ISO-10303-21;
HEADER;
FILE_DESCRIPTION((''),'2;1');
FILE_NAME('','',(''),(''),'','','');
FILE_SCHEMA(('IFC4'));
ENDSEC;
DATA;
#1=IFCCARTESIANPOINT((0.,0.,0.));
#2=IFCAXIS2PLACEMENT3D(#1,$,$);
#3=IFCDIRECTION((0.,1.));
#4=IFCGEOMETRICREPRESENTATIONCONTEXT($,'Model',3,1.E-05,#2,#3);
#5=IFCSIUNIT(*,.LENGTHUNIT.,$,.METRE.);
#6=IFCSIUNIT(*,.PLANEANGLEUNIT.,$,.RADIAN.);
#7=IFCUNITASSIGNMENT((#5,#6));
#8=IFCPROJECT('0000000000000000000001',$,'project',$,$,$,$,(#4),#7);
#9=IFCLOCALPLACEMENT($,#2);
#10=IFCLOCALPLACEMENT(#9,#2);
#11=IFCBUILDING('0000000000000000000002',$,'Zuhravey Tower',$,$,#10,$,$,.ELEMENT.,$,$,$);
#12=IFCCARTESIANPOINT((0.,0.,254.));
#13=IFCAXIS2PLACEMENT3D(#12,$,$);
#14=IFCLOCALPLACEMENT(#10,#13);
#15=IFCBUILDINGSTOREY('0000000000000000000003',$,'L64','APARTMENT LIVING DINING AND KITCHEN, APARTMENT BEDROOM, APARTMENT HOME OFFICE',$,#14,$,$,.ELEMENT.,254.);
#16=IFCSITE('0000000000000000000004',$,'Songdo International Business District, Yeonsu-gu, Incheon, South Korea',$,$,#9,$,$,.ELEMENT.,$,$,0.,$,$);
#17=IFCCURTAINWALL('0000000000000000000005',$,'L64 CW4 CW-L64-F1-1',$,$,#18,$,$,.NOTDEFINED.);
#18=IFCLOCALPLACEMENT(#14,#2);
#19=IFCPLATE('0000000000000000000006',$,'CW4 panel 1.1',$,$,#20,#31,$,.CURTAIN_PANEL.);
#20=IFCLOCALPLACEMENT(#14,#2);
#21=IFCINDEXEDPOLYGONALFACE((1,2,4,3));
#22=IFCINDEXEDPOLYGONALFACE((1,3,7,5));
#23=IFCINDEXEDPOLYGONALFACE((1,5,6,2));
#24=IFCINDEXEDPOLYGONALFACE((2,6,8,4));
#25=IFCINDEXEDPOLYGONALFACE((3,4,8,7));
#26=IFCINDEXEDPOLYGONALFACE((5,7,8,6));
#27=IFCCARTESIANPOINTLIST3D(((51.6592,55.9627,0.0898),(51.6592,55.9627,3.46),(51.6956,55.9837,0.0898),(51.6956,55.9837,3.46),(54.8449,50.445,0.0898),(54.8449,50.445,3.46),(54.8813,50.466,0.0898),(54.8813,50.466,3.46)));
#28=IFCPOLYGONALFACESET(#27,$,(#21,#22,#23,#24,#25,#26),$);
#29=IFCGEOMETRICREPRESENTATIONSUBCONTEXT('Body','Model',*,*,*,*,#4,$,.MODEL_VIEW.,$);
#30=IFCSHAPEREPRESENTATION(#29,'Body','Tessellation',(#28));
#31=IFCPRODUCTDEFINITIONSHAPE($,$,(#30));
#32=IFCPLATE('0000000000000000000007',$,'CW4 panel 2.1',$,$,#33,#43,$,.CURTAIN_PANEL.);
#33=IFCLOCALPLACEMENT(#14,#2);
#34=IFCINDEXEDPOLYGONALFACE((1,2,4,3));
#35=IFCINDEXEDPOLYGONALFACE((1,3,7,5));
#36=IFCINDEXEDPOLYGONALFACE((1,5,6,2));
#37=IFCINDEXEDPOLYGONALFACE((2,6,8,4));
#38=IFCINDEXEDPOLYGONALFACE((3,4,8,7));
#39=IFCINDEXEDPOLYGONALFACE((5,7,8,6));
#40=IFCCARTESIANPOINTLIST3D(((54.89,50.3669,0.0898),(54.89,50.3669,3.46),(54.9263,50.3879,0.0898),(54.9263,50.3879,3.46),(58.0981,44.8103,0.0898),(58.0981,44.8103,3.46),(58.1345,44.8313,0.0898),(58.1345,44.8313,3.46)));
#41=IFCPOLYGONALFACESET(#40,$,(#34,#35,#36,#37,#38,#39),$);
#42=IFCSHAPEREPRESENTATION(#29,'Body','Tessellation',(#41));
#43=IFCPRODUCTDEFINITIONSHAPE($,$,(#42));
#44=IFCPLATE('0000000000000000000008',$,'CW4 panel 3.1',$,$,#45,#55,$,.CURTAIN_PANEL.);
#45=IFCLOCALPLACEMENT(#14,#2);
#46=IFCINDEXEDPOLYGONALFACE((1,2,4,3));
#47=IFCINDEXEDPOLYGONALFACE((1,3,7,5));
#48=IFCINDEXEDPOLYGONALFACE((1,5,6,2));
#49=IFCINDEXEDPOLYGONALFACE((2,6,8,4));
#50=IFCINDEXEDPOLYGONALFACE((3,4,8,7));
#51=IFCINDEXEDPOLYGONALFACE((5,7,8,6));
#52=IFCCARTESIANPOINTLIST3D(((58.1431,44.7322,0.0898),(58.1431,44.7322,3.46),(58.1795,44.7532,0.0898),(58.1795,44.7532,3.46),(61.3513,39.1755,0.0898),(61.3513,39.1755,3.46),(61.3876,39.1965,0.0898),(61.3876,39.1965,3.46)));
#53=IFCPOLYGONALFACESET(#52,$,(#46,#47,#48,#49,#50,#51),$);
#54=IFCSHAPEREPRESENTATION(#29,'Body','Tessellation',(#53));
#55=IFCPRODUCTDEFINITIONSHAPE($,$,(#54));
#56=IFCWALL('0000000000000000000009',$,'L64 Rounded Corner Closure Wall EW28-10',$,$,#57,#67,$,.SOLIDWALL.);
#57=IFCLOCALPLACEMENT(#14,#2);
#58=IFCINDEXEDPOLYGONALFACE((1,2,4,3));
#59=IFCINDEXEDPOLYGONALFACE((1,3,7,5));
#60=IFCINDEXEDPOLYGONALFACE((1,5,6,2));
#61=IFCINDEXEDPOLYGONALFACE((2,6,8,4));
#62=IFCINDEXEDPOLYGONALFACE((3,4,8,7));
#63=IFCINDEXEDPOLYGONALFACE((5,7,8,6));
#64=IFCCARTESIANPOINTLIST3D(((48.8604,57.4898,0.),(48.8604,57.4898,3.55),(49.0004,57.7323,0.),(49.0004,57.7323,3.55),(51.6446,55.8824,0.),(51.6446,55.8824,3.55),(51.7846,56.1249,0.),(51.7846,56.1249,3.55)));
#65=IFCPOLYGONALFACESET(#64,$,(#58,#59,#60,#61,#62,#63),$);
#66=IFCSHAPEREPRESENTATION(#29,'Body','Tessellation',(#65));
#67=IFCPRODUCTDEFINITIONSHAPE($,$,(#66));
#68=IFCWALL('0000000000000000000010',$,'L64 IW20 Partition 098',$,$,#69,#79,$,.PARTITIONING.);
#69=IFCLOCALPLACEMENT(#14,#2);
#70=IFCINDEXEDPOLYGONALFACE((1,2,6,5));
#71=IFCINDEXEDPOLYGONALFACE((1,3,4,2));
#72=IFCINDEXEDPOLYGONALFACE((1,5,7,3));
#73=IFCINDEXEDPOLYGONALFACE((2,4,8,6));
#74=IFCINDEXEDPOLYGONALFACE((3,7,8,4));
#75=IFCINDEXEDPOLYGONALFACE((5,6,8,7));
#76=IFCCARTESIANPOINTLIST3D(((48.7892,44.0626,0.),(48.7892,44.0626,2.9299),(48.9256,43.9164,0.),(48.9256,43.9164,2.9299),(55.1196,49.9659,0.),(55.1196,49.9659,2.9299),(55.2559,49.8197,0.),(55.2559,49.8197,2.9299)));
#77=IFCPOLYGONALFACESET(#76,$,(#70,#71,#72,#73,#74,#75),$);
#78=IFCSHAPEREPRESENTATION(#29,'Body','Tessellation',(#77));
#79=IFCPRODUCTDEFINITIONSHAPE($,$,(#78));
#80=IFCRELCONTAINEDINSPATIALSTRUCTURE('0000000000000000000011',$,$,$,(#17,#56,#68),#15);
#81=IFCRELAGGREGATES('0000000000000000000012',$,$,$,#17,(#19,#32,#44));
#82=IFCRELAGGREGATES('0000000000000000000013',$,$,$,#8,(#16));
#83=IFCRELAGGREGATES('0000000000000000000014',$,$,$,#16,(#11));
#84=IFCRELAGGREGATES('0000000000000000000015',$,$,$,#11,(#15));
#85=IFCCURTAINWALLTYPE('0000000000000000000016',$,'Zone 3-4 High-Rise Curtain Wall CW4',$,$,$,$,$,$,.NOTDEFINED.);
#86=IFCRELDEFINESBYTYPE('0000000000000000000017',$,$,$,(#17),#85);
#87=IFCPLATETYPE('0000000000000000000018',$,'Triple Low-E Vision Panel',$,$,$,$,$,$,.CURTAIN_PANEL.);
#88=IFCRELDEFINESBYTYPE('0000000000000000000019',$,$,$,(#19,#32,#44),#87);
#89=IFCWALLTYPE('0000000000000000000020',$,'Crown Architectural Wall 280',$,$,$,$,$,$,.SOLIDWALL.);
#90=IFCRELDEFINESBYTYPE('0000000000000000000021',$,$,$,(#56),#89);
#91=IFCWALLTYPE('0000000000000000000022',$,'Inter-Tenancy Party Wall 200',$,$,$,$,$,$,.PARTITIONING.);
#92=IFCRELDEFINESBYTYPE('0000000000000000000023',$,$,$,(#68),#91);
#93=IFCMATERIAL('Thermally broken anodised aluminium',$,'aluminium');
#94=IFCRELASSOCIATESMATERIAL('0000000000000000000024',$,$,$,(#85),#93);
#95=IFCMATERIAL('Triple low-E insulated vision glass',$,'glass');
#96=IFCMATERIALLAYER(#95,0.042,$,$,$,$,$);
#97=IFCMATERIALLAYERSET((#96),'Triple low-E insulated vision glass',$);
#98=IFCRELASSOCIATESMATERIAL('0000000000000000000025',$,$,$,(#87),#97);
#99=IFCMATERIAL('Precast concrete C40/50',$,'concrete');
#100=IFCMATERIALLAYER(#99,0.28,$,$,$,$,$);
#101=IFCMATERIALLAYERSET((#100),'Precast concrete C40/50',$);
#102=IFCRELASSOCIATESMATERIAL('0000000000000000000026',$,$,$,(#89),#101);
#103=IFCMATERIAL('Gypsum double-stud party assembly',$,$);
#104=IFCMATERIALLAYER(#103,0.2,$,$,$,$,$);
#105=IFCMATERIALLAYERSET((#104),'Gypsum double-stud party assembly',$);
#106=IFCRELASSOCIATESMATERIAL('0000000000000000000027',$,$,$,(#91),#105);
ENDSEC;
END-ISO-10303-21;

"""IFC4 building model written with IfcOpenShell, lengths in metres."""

from ifc_helpers import new_model, si_unit, direction, frame, frame_2d, origin, origin_2d, place, context, subcontext, project, spatial, rectangle, extrude, material, layer, layer_set, type_object, element, aggregate, save


model = new_model("IFC4")

# Units and contexts
model_context = context("Model", 3, precision=1e-05, world=origin(), true_north=direction((0.0, 1.0)))
body_context = subcontext(model_context, "Body", "Model", "MODEL_VIEW")
ifc_project = project(units=[si_unit("LENGTHUNIT", "METRE"), si_unit("PLANEANGLEUNIT", "RADIAN")], contexts=[model_context])

# Site, building, storey
site_placement = place(None, origin())
site = spatial("IfcSite", under=ifc_project, at=site_placement, Name="Songdo International Business District, Yeonsu-gu, Incheon, South Korea", CompositionType="ELEMENT", RefElevation=0.0)
building_placement = place(site_placement, origin())
building = spatial("IfcBuilding", under=site, at=building_placement, Name="Zuhravey Tower", CompositionType="ELEMENT")
storey_placement = place(building_placement, frame((0.0, 0.0, 254.0)))
storey = spatial("IfcBuildingStorey", under=building, at=storey_placement, Name="L64", Description="APARTMENT LIVING DINING AND KITCHEN, APARTMENT BEDROOM, APARTMENT HOME OFFICE", CompositionType="ELEMENT", Elevation=254.0)

# Shared definitions
ifc_material_1 = material(Name="Thermally broken anodised aluminium", Category="aluminium")
curtain_wall_type = type_object("IfcCurtainWallType", Name="Zone 3-4 High-Rise Curtain Wall CW4", PredefinedType="NOTDEFINED", material=ifc_material_1)

# Curtain wall
curtain_wall_1_placement = place(storey_placement, origin())
curtain_wall_1 = element("IfcCurtainWall", 1, at=curtain_wall_1_placement, inside=storey, type_object=curtain_wall_type, Name="L64 CW4 CW-L64-F1-1", PredefinedType="NOTDEFINED")

# Plates
ifc_material_2 = material(Name="Triple low-E insulated vision glass", Category="glass")
ifc_layer_1 = layer(ifc_material_2, 0.042)
ifc_layer_set_1 = layer_set([ifc_layer_1], Name="Triple low-E insulated vision glass")
plate_type_1 = type_object("IfcPlateType", Name="Triple Low-E Vision Panel", PredefinedType="CURTAIN_PANEL", material=ifc_layer_set_1)
plate_1_placement = place(storey_placement, frame((53.2703, 53.2144, 0.0898), z_axis=(0.0, 0.0, 1.0), x_axis=(0.500001, -0.866025, 0.0)))
plate_1 = element("IfcPlate", 2, at=plate_1_placement, type_object=plate_type_1, Name="CW4 panel 1.1", PredefinedType="CURTAIN_PANEL", context=body_context, shape_type="SweptSolid", body=[
    extrude(rectangle(XDim=6.3713, YDim=0.042, at=origin_2d()), origin(), (0.0, 0.0, 1.0), 3.3701),
])
plate_2_placement = place(storey_placement, frame((56.5122, 47.5991, 0.0898), z_axis=(0.0, 0.0, 1.0), x_axis=(0.500001, -0.866025, 0.0)))
plate_2 = element("IfcPlate", 3, at=plate_2_placement, type_object=plate_type_1, Name="CW4 panel 2.1", PredefinedType="CURTAIN_PANEL", context=body_context, shape_type="SweptSolid", body=[
    extrude(rectangle(XDim=6.4163, YDim=0.042, at=origin_2d()), origin(), (0.0, 0.0, 1.0), 3.3701),
])
plate_3_placement = place(storey_placement, frame((59.7654, 41.9644, 0.0898), z_axis=(0.0, 0.0, 1.0), x_axis=(0.500001, -0.866025, 0.0)))
plate_3 = element("IfcPlate", 4, at=plate_3_placement, type_object=plate_type_1, Name="CW4 panel 3.1", PredefinedType="CURTAIN_PANEL", context=body_context, shape_type="SweptSolid", body=[
    extrude(rectangle(XDim=6.4163, YDim=0.042, at=origin_2d()), origin(), (0.0, 0.0, 1.0), 3.3701),
])
aggregate(curtain_wall_1, [plate_1, plate_2, plate_3])

# Walls
ifc_material_3 = material(Name="Precast concrete C40/50", Category="concrete")
ifc_layer_2 = layer(ifc_material_3, 0.28)
ifc_layer_set_2 = layer_set([ifc_layer_2], Name="Precast concrete C40/50")
wall_type_1 = type_object("IfcWallType", Name="Crown Architectural Wall 280", PredefinedType="SOLIDWALL", material=ifc_layer_set_2)
wall_1_placement = place(storey_placement, frame((48.9304, 57.6111, 0.0), z_axis=(0.0, 0.0, 1.0), x_axis=(0.866029, -0.499994, 0.0)))
element("IfcWall", 5, at=wall_1_placement, inside=storey, type_object=wall_type_1, Name="L64 Rounded Corner Closure Wall EW28-10", PredefinedType="SOLIDWALL", context=body_context, shape_type="SweptSolid", body=[
    extrude(rectangle(XDim=3.2148, YDim=0.28, at=frame_2d((1.6074, 0.0))), origin(), (0.0, 0.0, 1.0), 3.55),
])
ifc_material_4 = material(Name="Gypsum double-stud party assembly")
ifc_layer_3 = layer(ifc_material_4, 0.2)
ifc_layer_set_3 = layer_set([ifc_layer_3], Name="Gypsum double-stud party assembly")
wall_type_2 = type_object("IfcWallType", Name="Inter-Tenancy Party Wall 200", PredefinedType="PARTITIONING", material=ifc_layer_set_3)
wall_2_placement = place(storey_placement, frame((48.8574, 43.9895, 0.0), z_axis=(0.0, 0.0, 1.0), x_axis=(0.731342, 0.682011, 0.0)))
element("IfcWall", 6, at=wall_2_placement, inside=storey, type_object=wall_type_2, Name="L64 IW20 Partition 098", PredefinedType="PARTITIONING", context=body_context, shape_type="SweptSolid", body=[
    extrude(rectangle(XDim=8.6558, YDim=0.2, at=frame_2d((4.3279, 0.0))), origin(), (0.0, 0.0, 1.0), 2.9299),
])

save(model, "model.ifc")
